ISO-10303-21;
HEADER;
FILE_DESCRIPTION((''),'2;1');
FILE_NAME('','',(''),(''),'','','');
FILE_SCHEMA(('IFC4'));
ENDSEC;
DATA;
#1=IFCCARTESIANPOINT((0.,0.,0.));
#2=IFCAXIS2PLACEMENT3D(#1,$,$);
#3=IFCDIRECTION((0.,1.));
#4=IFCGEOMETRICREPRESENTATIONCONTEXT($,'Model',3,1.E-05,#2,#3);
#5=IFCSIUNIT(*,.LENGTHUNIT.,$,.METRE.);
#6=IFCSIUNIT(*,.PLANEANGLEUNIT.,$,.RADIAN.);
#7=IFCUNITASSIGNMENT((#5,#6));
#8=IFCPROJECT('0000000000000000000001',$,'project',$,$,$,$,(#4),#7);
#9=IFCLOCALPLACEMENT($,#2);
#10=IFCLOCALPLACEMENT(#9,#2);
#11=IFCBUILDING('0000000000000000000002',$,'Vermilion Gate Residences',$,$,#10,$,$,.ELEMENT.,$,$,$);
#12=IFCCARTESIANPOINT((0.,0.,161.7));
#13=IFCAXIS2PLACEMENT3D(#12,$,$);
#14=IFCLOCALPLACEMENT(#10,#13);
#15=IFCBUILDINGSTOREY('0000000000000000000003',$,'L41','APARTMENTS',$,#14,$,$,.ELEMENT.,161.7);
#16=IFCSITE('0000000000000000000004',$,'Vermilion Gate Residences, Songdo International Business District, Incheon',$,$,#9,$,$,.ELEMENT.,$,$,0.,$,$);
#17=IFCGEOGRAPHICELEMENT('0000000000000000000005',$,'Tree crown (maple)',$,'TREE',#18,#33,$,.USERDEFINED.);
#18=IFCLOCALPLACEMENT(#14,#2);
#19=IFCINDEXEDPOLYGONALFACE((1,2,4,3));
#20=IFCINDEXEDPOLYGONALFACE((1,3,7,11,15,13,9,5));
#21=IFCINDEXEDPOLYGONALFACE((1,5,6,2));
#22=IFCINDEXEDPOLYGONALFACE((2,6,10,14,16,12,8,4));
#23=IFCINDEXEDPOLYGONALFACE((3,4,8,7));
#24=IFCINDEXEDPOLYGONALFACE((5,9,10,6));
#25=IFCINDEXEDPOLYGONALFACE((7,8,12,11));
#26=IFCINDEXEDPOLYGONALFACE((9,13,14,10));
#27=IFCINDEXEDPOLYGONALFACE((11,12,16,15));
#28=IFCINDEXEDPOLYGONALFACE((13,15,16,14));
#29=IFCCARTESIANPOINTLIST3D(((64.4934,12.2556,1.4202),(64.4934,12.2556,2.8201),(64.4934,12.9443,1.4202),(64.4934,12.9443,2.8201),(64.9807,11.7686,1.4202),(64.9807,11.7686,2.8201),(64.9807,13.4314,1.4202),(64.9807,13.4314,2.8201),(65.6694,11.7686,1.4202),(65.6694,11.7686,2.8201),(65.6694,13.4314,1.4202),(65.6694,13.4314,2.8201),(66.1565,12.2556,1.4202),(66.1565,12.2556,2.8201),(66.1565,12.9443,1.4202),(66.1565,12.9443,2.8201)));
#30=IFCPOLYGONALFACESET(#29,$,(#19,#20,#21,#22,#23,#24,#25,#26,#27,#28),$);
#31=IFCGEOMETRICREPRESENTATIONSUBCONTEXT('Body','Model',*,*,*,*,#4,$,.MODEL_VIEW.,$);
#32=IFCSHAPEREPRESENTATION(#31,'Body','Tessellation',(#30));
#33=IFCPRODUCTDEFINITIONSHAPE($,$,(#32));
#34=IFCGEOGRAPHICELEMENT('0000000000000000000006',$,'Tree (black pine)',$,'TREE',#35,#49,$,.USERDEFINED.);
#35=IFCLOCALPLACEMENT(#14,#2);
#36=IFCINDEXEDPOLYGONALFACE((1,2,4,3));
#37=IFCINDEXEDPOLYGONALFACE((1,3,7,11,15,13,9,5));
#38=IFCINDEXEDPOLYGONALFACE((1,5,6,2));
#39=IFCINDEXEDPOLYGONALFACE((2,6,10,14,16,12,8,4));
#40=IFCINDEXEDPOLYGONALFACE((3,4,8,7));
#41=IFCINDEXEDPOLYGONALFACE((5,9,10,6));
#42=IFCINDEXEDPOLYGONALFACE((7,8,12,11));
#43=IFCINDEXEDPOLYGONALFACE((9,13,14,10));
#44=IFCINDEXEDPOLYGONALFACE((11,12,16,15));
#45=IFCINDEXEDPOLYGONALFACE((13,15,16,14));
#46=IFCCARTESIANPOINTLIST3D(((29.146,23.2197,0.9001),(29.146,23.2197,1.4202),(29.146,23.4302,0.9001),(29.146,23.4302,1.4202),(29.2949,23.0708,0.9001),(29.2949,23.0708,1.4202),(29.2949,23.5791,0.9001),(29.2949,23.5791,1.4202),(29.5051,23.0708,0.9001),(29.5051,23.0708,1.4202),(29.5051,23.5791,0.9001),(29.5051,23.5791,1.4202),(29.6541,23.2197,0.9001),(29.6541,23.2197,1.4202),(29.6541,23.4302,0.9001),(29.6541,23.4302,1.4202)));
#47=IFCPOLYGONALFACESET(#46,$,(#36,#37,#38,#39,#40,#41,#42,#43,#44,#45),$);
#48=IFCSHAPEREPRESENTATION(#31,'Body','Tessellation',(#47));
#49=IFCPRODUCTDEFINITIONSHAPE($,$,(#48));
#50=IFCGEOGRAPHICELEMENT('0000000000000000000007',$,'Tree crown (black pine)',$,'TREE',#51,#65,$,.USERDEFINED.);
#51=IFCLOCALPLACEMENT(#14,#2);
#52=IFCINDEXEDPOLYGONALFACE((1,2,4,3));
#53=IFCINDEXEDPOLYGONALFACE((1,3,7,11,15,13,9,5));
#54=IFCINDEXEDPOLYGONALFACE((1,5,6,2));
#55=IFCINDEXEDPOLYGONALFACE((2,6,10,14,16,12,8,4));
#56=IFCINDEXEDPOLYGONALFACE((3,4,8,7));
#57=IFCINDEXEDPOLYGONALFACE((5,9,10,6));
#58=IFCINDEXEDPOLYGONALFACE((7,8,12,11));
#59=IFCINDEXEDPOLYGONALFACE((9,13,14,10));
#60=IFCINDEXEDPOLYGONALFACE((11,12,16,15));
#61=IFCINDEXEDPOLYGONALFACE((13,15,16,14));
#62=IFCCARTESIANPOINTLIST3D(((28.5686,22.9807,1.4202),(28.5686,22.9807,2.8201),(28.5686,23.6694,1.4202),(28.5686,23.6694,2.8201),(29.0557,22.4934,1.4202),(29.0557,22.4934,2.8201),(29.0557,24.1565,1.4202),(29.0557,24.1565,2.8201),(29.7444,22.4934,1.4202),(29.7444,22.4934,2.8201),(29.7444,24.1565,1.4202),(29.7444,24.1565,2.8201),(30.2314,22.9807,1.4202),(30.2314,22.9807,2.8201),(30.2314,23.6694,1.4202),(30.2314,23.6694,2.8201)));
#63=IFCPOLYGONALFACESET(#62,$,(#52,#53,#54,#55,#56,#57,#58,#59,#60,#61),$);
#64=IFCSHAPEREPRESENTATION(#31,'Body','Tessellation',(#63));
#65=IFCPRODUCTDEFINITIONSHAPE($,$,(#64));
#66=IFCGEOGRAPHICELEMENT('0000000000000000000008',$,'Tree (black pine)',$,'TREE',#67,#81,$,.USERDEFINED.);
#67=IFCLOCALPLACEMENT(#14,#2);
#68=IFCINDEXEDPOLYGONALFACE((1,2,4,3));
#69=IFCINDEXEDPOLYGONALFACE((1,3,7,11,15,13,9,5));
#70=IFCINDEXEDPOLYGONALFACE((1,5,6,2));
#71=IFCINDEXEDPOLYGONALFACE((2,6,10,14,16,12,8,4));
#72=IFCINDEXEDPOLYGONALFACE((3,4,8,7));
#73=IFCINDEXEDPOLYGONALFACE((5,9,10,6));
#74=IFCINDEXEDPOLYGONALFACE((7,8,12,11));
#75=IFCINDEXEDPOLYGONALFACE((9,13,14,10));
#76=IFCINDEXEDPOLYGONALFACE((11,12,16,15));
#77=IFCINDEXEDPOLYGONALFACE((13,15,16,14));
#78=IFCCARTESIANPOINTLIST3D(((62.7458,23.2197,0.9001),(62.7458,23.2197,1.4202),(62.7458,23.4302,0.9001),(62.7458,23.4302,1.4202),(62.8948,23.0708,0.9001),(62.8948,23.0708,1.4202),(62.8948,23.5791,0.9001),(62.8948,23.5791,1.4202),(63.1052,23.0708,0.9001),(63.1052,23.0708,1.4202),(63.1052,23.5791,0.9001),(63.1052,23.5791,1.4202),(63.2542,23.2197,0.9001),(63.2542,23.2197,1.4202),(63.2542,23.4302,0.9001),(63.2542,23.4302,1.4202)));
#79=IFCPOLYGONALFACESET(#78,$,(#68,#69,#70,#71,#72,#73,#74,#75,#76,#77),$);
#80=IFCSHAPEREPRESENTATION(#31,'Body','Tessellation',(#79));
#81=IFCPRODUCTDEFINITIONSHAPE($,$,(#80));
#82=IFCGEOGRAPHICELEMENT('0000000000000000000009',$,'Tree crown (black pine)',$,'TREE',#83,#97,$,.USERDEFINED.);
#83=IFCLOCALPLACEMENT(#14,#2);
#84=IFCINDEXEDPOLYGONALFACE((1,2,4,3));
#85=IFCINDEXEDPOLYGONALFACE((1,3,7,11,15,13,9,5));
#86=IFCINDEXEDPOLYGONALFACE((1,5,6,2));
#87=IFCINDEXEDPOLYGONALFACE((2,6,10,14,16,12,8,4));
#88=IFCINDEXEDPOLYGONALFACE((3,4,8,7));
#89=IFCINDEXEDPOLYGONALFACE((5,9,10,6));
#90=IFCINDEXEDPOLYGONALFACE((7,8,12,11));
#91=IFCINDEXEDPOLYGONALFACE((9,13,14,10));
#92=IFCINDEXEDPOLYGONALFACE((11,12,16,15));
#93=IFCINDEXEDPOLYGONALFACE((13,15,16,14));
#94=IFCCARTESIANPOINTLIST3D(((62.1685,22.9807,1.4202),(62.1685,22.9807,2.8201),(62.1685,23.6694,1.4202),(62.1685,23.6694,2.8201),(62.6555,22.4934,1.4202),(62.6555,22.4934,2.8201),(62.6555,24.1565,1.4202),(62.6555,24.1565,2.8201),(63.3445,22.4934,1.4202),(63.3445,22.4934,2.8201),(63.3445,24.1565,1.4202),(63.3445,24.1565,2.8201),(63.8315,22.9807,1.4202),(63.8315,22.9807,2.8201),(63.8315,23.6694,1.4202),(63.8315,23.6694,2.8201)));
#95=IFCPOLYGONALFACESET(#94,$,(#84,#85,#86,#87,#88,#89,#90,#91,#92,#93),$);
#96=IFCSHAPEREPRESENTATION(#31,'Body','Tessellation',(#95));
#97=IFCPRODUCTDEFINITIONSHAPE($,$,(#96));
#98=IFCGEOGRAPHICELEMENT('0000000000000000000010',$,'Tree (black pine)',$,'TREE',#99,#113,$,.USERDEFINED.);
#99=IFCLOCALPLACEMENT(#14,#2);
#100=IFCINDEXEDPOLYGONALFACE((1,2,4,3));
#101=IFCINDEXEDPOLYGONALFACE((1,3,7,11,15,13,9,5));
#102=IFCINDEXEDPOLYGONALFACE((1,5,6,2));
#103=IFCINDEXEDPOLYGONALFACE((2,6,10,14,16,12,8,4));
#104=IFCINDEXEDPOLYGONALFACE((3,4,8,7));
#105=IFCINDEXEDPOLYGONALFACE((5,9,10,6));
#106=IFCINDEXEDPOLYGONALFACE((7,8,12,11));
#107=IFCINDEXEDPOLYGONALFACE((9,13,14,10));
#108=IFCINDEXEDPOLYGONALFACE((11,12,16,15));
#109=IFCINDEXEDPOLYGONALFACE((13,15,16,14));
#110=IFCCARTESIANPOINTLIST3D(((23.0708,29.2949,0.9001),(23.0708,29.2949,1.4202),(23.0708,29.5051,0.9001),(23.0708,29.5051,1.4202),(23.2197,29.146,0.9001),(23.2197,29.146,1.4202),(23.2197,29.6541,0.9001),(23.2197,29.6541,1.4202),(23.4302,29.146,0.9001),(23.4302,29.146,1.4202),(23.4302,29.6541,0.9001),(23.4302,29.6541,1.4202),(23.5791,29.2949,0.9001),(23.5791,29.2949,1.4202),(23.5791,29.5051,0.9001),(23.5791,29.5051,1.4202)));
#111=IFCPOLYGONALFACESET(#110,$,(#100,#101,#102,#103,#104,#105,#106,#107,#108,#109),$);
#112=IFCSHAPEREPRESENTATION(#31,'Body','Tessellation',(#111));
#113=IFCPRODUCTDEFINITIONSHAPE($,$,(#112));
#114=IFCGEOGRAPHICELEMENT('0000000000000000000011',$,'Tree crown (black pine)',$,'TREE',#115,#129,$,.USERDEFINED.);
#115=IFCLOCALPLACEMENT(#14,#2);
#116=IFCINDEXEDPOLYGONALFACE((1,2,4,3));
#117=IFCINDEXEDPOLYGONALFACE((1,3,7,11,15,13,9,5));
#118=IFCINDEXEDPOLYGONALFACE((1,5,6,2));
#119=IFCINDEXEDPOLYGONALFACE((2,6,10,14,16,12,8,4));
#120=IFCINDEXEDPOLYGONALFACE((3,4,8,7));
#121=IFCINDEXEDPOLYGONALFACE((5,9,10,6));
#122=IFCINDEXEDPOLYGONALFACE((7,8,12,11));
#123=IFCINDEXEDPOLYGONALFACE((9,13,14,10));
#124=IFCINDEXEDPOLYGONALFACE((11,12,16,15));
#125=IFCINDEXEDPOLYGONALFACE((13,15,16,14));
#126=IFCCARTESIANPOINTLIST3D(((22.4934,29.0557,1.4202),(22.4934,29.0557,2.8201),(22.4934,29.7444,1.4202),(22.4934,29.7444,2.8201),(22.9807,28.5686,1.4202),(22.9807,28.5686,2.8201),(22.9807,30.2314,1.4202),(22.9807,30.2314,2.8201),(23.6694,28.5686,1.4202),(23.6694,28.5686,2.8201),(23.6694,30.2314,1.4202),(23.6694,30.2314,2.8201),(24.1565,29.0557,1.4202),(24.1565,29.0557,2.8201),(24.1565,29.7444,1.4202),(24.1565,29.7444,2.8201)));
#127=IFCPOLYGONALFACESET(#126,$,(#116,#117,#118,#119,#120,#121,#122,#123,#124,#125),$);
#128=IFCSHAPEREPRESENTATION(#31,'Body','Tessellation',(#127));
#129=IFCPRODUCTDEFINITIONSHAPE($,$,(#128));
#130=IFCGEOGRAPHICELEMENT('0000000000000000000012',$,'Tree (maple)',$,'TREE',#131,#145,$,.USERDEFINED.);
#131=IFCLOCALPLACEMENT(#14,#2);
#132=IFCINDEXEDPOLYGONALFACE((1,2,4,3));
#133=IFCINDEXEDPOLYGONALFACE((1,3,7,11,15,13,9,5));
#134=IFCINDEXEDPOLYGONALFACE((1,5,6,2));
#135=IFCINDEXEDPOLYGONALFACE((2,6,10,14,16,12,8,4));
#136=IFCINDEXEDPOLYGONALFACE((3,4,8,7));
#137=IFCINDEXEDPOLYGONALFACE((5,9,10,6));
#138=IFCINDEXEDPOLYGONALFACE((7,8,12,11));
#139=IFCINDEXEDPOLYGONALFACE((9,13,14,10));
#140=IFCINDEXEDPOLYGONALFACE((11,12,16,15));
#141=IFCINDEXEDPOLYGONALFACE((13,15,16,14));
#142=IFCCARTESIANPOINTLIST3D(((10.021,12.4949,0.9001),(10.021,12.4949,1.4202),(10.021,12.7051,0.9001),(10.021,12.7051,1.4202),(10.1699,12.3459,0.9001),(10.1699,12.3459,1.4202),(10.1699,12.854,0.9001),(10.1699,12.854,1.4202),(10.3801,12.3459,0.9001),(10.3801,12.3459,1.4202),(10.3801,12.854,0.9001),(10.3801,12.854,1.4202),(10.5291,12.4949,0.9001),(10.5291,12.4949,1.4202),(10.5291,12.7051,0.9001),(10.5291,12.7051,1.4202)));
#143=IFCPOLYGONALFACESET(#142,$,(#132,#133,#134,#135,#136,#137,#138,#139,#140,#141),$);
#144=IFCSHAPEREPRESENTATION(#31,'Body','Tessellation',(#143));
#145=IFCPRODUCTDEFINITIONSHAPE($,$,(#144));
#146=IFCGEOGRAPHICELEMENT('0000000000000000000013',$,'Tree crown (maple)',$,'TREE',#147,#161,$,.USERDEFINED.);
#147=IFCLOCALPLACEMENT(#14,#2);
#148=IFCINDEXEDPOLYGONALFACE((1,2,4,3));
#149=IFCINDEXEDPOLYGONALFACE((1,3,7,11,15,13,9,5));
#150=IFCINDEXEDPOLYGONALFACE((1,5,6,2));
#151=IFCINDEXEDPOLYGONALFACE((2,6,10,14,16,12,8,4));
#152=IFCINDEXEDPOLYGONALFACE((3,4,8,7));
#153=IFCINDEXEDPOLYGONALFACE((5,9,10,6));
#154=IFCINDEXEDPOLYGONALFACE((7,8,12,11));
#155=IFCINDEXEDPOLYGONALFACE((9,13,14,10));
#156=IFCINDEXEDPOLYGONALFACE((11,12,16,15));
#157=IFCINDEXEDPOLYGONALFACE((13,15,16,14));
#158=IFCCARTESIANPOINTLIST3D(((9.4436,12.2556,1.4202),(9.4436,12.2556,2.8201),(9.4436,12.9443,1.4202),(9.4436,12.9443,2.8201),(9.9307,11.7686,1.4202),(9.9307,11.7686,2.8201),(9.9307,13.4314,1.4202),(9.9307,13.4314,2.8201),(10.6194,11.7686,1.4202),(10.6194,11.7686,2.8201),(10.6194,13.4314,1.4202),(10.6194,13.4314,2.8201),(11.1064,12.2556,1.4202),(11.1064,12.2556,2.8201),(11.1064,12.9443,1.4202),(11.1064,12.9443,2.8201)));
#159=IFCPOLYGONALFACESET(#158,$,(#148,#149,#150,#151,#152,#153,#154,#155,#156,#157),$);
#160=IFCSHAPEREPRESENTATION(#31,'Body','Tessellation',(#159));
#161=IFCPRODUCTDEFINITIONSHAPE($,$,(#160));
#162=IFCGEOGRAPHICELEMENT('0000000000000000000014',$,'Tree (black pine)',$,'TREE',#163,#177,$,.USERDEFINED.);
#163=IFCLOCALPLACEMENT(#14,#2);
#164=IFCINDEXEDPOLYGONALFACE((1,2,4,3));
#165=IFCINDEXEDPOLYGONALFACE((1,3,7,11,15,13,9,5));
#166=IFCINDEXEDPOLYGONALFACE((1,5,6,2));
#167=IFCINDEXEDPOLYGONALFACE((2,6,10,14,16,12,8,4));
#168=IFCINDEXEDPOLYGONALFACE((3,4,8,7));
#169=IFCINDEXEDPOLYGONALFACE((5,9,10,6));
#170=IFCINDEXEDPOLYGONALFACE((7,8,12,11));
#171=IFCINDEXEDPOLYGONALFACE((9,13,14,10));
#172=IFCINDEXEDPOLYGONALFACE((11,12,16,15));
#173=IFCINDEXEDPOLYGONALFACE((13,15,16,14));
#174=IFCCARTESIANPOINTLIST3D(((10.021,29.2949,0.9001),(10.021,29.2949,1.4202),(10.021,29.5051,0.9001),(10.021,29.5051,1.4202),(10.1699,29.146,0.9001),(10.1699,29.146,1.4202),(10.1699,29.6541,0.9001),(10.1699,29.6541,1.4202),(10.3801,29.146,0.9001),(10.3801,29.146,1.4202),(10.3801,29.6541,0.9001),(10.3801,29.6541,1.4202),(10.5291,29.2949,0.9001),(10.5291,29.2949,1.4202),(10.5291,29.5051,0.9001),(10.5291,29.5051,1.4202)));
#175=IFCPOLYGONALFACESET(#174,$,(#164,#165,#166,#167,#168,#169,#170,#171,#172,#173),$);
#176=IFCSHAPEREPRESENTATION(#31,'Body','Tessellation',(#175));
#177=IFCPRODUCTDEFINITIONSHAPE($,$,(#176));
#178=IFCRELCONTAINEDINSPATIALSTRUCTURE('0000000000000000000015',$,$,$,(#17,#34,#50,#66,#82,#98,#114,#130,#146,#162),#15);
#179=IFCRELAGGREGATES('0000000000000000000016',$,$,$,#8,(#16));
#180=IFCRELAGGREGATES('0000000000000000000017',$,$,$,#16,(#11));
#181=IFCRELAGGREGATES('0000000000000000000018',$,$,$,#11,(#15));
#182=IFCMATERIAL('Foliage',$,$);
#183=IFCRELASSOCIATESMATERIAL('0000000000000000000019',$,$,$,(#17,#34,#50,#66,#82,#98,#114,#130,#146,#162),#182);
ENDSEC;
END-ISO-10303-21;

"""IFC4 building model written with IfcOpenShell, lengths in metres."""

from ifc_helpers import new_model, si_unit, direction, frame, origin, place, context, subcontext, project, spatial, polyline, outline, extrude, material, element, save


model = new_model("IFC4")

# Units and contexts
model_context = context("Model", 3, precision=1e-05, world=origin(), true_north=direction((0.0, 1.0)))
body_context = subcontext(model_context, "Body", "Model", "MODEL_VIEW")
ifc_project = project(units=[si_unit("LENGTHUNIT", "METRE"), si_unit("PLANEANGLEUNIT", "RADIAN")], contexts=[model_context])

# Site, building, storey
site_placement = place(None, origin())
site = spatial("IfcSite", under=ifc_project, at=site_placement, Name="Vermilion Gate Residences, Songdo International Business District, Incheon", CompositionType="ELEMENT", RefElevation=0.0)
building_placement = place(site_placement, origin())
building = spatial("IfcBuilding", under=site, at=building_placement, Name="Vermilion Gate Residences", CompositionType="ELEMENT")
storey_placement = place(building_placement, frame((0.0, 0.0, 161.7)))
storey = spatial("IfcBuildingStorey", under=building, at=storey_placement, Name="L41", Description="APARTMENTS", CompositionType="ELEMENT", Elevation=161.7)

# Geographic elements
ifc_material_1 = material(Name="Foliage")
geographic_element_1_placement = place(storey_placement, frame((0.0, 0.0, 1.4202)))
element("IfcGeographicElement", 1, at=geographic_element_1_placement, inside=storey, material=ifc_material_1, Name="Tree crown (maple)", ObjectType="TREE", PredefinedType="USERDEFINED", context=body_context, shape_type="SweptSolid", body=[
    extrude(outline(polyline([(66.1565, 12.9443), (65.6694, 13.4314), (64.9807, 13.4314), (64.4934, 12.9443), (64.4934, 12.2556), (64.9807, 11.7686), (65.6694, 11.7686), (66.1565, 12.2556), (66.1565, 12.9443)])), origin(), (0.0, 0.0, 1.0), 1.3999),
])
geographic_element_2_placement = place(storey_placement, frame((0.0, 0.0, 0.9001)))
element("IfcGeographicElement", 2, at=geographic_element_2_placement, inside=storey, material=ifc_material_1, Name="Tree (black pine)", ObjectType="TREE", PredefinedType="USERDEFINED", context=body_context, shape_type="SweptSolid", body=[
    extrude(outline(polyline([(29.6541, 23.4302), (29.5051, 23.5791), (29.2949, 23.5791), (29.146, 23.4302), (29.146, 23.2197), (29.2949, 23.0708), (29.5051, 23.0708), (29.6541, 23.2197), (29.6541, 23.4302)])), origin(), (0.0, 0.0, 1.0), 0.52),
])
geographic_element_3_placement = place(storey_placement, frame((0.0, 0.0, 1.4202)))
element("IfcGeographicElement", 3, at=geographic_element_3_placement, inside=storey, material=ifc_material_1, Name="Tree crown (black pine)", ObjectType="TREE", PredefinedType="USERDEFINED", context=body_context, shape_type="SweptSolid", body=[
    extrude(outline(polyline([(30.2314, 23.6694), (29.7444, 24.1565), (29.0557, 24.1565), (28.5686, 23.6694), (28.5686, 22.9807), (29.0557, 22.4934), (29.7444, 22.4934), (30.2314, 22.9807), (30.2314, 23.6694)])), origin(), (0.0, 0.0, 1.0), 1.3999),
])
geographic_element_4_placement = place(storey_placement, frame((0.0, 0.0, 0.9001)))
element("IfcGeographicElement", 4, at=geographic_element_4_placement, inside=storey, material=ifc_material_1, Name="Tree (black pine)", ObjectType="TREE", PredefinedType="USERDEFINED", context=body_context, shape_type="SweptSolid", body=[
    extrude(outline(polyline([(63.2542, 23.4302), (63.1052, 23.5791), (62.8948, 23.5791), (62.7458, 23.4302), (62.7458, 23.2197), (62.8948, 23.0708), (63.1052, 23.0708), (63.2542, 23.2197), (63.2542, 23.4302)])), origin(), (0.0, 0.0, 1.0), 0.52),
])
geographic_element_5_placement = place(storey_placement, frame((0.0, 0.0, 1.4202)))
element("IfcGeographicElement", 5, at=geographic_element_5_placement, inside=storey, material=ifc_material_1, Name="Tree crown (black pine)", ObjectType="TREE", PredefinedType="USERDEFINED", context=body_context, shape_type="SweptSolid", body=[
    extrude(outline(polyline([(63.8315, 23.6694), (63.3445, 24.1565), (62.6555, 24.1565), (62.1685, 23.6694), (62.1685, 22.9807), (62.6555, 22.4934), (63.3445, 22.4934), (63.8315, 22.9807), (63.8315, 23.6694)])), origin(), (0.0, 0.0, 1.0), 1.3999),
])
geographic_element_6_placement = place(storey_placement, frame((0.0, 0.0, 0.9001)))
element("IfcGeographicElement", 6, at=geographic_element_6_placement, inside=storey, material=ifc_material_1, Name="Tree (black pine)", ObjectType="TREE", PredefinedType="USERDEFINED", context=body_context, shape_type="SweptSolid", body=[
    extrude(outline(polyline([(23.5791, 29.5051), (23.4302, 29.6541), (23.2197, 29.6541), (23.0708, 29.5051), (23.0708, 29.2949), (23.2197, 29.146), (23.4302, 29.146), (23.5791, 29.2949), (23.5791, 29.5051)])), origin(), (0.0, 0.0, 1.0), 0.52),
])
geographic_element_7_placement = place(storey_placement, frame((0.0, 0.0, 1.4202)))
element("IfcGeographicElement", 7, at=geographic_element_7_placement, inside=storey, material=ifc_material_1, Name="Tree crown (black pine)", ObjectType="TREE", PredefinedType="USERDEFINED", context=body_context, shape_type="SweptSolid", body=[
    extrude(outline(polyline([(24.1565, 29.7444), (23.6694, 30.2314), (22.9807, 30.2314), (22.4934, 29.7444), (22.4934, 29.0557), (22.9807, 28.5686), (23.6694, 28.5686), (24.1565, 29.0557), (24.1565, 29.7444)])), origin(), (0.0, 0.0, 1.0), 1.3999),
])
geographic_element_8_placement = place(storey_placement, frame((0.0, 0.0, 0.9001)))
element("IfcGeographicElement", 8, at=geographic_element_8_placement, inside=storey, material=ifc_material_1, Name="Tree (maple)", ObjectType="TREE", PredefinedType="USERDEFINED", context=body_context, shape_type="SweptSolid", body=[
    extrude(outline(polyline([(10.5291, 12.7051), (10.3801, 12.854), (10.1699, 12.854), (10.021, 12.7051), (10.021, 12.4949), (10.1699, 12.3459), (10.3801, 12.3459), (10.5291, 12.4949), (10.5291, 12.7051)])), origin(), (0.0, 0.0, 1.0), 0.52),
])
geographic_element_9_placement = place(storey_placement, frame((0.0, 0.0, 1.4202)))
element("IfcGeographicElement", 9, at=geographic_element_9_placement, inside=storey, material=ifc_material_1, Name="Tree crown (maple)", ObjectType="TREE", PredefinedType="USERDEFINED", context=body_context, shape_type="SweptSolid", body=[
    extrude(outline(polyline([(11.1064, 12.9443), (10.6194, 13.4314), (9.9307, 13.4314), (9.4436, 12.9443), (9.4436, 12.2556), (9.9307, 11.7686), (10.6194, 11.7686), (11.1064, 12.2556), (11.1064, 12.9443)])), origin(), (0.0, 0.0, 1.0), 1.3999),
])
geographic_element_10_placement = place(storey_placement, frame((0.0, 0.0, 0.9001)))
element("IfcGeographicElement", 10, at=geographic_element_10_placement, inside=storey, material=ifc_material_1, Name="Tree (black pine)", ObjectType="TREE", PredefinedType="USERDEFINED", context=body_context, shape_type="SweptSolid", body=[
    extrude(outline(polyline([(10.5291, 29.5051), (10.3801, 29.6541), (10.1699, 29.6541), (10.021, 29.5051), (10.021, 29.2949), (10.1699, 29.146), (10.3801, 29.146), (10.5291, 29.2949), (10.5291, 29.5051)])), origin(), (0.0, 0.0, 1.0), 0.52),
])

save(model, "model.ifc")
